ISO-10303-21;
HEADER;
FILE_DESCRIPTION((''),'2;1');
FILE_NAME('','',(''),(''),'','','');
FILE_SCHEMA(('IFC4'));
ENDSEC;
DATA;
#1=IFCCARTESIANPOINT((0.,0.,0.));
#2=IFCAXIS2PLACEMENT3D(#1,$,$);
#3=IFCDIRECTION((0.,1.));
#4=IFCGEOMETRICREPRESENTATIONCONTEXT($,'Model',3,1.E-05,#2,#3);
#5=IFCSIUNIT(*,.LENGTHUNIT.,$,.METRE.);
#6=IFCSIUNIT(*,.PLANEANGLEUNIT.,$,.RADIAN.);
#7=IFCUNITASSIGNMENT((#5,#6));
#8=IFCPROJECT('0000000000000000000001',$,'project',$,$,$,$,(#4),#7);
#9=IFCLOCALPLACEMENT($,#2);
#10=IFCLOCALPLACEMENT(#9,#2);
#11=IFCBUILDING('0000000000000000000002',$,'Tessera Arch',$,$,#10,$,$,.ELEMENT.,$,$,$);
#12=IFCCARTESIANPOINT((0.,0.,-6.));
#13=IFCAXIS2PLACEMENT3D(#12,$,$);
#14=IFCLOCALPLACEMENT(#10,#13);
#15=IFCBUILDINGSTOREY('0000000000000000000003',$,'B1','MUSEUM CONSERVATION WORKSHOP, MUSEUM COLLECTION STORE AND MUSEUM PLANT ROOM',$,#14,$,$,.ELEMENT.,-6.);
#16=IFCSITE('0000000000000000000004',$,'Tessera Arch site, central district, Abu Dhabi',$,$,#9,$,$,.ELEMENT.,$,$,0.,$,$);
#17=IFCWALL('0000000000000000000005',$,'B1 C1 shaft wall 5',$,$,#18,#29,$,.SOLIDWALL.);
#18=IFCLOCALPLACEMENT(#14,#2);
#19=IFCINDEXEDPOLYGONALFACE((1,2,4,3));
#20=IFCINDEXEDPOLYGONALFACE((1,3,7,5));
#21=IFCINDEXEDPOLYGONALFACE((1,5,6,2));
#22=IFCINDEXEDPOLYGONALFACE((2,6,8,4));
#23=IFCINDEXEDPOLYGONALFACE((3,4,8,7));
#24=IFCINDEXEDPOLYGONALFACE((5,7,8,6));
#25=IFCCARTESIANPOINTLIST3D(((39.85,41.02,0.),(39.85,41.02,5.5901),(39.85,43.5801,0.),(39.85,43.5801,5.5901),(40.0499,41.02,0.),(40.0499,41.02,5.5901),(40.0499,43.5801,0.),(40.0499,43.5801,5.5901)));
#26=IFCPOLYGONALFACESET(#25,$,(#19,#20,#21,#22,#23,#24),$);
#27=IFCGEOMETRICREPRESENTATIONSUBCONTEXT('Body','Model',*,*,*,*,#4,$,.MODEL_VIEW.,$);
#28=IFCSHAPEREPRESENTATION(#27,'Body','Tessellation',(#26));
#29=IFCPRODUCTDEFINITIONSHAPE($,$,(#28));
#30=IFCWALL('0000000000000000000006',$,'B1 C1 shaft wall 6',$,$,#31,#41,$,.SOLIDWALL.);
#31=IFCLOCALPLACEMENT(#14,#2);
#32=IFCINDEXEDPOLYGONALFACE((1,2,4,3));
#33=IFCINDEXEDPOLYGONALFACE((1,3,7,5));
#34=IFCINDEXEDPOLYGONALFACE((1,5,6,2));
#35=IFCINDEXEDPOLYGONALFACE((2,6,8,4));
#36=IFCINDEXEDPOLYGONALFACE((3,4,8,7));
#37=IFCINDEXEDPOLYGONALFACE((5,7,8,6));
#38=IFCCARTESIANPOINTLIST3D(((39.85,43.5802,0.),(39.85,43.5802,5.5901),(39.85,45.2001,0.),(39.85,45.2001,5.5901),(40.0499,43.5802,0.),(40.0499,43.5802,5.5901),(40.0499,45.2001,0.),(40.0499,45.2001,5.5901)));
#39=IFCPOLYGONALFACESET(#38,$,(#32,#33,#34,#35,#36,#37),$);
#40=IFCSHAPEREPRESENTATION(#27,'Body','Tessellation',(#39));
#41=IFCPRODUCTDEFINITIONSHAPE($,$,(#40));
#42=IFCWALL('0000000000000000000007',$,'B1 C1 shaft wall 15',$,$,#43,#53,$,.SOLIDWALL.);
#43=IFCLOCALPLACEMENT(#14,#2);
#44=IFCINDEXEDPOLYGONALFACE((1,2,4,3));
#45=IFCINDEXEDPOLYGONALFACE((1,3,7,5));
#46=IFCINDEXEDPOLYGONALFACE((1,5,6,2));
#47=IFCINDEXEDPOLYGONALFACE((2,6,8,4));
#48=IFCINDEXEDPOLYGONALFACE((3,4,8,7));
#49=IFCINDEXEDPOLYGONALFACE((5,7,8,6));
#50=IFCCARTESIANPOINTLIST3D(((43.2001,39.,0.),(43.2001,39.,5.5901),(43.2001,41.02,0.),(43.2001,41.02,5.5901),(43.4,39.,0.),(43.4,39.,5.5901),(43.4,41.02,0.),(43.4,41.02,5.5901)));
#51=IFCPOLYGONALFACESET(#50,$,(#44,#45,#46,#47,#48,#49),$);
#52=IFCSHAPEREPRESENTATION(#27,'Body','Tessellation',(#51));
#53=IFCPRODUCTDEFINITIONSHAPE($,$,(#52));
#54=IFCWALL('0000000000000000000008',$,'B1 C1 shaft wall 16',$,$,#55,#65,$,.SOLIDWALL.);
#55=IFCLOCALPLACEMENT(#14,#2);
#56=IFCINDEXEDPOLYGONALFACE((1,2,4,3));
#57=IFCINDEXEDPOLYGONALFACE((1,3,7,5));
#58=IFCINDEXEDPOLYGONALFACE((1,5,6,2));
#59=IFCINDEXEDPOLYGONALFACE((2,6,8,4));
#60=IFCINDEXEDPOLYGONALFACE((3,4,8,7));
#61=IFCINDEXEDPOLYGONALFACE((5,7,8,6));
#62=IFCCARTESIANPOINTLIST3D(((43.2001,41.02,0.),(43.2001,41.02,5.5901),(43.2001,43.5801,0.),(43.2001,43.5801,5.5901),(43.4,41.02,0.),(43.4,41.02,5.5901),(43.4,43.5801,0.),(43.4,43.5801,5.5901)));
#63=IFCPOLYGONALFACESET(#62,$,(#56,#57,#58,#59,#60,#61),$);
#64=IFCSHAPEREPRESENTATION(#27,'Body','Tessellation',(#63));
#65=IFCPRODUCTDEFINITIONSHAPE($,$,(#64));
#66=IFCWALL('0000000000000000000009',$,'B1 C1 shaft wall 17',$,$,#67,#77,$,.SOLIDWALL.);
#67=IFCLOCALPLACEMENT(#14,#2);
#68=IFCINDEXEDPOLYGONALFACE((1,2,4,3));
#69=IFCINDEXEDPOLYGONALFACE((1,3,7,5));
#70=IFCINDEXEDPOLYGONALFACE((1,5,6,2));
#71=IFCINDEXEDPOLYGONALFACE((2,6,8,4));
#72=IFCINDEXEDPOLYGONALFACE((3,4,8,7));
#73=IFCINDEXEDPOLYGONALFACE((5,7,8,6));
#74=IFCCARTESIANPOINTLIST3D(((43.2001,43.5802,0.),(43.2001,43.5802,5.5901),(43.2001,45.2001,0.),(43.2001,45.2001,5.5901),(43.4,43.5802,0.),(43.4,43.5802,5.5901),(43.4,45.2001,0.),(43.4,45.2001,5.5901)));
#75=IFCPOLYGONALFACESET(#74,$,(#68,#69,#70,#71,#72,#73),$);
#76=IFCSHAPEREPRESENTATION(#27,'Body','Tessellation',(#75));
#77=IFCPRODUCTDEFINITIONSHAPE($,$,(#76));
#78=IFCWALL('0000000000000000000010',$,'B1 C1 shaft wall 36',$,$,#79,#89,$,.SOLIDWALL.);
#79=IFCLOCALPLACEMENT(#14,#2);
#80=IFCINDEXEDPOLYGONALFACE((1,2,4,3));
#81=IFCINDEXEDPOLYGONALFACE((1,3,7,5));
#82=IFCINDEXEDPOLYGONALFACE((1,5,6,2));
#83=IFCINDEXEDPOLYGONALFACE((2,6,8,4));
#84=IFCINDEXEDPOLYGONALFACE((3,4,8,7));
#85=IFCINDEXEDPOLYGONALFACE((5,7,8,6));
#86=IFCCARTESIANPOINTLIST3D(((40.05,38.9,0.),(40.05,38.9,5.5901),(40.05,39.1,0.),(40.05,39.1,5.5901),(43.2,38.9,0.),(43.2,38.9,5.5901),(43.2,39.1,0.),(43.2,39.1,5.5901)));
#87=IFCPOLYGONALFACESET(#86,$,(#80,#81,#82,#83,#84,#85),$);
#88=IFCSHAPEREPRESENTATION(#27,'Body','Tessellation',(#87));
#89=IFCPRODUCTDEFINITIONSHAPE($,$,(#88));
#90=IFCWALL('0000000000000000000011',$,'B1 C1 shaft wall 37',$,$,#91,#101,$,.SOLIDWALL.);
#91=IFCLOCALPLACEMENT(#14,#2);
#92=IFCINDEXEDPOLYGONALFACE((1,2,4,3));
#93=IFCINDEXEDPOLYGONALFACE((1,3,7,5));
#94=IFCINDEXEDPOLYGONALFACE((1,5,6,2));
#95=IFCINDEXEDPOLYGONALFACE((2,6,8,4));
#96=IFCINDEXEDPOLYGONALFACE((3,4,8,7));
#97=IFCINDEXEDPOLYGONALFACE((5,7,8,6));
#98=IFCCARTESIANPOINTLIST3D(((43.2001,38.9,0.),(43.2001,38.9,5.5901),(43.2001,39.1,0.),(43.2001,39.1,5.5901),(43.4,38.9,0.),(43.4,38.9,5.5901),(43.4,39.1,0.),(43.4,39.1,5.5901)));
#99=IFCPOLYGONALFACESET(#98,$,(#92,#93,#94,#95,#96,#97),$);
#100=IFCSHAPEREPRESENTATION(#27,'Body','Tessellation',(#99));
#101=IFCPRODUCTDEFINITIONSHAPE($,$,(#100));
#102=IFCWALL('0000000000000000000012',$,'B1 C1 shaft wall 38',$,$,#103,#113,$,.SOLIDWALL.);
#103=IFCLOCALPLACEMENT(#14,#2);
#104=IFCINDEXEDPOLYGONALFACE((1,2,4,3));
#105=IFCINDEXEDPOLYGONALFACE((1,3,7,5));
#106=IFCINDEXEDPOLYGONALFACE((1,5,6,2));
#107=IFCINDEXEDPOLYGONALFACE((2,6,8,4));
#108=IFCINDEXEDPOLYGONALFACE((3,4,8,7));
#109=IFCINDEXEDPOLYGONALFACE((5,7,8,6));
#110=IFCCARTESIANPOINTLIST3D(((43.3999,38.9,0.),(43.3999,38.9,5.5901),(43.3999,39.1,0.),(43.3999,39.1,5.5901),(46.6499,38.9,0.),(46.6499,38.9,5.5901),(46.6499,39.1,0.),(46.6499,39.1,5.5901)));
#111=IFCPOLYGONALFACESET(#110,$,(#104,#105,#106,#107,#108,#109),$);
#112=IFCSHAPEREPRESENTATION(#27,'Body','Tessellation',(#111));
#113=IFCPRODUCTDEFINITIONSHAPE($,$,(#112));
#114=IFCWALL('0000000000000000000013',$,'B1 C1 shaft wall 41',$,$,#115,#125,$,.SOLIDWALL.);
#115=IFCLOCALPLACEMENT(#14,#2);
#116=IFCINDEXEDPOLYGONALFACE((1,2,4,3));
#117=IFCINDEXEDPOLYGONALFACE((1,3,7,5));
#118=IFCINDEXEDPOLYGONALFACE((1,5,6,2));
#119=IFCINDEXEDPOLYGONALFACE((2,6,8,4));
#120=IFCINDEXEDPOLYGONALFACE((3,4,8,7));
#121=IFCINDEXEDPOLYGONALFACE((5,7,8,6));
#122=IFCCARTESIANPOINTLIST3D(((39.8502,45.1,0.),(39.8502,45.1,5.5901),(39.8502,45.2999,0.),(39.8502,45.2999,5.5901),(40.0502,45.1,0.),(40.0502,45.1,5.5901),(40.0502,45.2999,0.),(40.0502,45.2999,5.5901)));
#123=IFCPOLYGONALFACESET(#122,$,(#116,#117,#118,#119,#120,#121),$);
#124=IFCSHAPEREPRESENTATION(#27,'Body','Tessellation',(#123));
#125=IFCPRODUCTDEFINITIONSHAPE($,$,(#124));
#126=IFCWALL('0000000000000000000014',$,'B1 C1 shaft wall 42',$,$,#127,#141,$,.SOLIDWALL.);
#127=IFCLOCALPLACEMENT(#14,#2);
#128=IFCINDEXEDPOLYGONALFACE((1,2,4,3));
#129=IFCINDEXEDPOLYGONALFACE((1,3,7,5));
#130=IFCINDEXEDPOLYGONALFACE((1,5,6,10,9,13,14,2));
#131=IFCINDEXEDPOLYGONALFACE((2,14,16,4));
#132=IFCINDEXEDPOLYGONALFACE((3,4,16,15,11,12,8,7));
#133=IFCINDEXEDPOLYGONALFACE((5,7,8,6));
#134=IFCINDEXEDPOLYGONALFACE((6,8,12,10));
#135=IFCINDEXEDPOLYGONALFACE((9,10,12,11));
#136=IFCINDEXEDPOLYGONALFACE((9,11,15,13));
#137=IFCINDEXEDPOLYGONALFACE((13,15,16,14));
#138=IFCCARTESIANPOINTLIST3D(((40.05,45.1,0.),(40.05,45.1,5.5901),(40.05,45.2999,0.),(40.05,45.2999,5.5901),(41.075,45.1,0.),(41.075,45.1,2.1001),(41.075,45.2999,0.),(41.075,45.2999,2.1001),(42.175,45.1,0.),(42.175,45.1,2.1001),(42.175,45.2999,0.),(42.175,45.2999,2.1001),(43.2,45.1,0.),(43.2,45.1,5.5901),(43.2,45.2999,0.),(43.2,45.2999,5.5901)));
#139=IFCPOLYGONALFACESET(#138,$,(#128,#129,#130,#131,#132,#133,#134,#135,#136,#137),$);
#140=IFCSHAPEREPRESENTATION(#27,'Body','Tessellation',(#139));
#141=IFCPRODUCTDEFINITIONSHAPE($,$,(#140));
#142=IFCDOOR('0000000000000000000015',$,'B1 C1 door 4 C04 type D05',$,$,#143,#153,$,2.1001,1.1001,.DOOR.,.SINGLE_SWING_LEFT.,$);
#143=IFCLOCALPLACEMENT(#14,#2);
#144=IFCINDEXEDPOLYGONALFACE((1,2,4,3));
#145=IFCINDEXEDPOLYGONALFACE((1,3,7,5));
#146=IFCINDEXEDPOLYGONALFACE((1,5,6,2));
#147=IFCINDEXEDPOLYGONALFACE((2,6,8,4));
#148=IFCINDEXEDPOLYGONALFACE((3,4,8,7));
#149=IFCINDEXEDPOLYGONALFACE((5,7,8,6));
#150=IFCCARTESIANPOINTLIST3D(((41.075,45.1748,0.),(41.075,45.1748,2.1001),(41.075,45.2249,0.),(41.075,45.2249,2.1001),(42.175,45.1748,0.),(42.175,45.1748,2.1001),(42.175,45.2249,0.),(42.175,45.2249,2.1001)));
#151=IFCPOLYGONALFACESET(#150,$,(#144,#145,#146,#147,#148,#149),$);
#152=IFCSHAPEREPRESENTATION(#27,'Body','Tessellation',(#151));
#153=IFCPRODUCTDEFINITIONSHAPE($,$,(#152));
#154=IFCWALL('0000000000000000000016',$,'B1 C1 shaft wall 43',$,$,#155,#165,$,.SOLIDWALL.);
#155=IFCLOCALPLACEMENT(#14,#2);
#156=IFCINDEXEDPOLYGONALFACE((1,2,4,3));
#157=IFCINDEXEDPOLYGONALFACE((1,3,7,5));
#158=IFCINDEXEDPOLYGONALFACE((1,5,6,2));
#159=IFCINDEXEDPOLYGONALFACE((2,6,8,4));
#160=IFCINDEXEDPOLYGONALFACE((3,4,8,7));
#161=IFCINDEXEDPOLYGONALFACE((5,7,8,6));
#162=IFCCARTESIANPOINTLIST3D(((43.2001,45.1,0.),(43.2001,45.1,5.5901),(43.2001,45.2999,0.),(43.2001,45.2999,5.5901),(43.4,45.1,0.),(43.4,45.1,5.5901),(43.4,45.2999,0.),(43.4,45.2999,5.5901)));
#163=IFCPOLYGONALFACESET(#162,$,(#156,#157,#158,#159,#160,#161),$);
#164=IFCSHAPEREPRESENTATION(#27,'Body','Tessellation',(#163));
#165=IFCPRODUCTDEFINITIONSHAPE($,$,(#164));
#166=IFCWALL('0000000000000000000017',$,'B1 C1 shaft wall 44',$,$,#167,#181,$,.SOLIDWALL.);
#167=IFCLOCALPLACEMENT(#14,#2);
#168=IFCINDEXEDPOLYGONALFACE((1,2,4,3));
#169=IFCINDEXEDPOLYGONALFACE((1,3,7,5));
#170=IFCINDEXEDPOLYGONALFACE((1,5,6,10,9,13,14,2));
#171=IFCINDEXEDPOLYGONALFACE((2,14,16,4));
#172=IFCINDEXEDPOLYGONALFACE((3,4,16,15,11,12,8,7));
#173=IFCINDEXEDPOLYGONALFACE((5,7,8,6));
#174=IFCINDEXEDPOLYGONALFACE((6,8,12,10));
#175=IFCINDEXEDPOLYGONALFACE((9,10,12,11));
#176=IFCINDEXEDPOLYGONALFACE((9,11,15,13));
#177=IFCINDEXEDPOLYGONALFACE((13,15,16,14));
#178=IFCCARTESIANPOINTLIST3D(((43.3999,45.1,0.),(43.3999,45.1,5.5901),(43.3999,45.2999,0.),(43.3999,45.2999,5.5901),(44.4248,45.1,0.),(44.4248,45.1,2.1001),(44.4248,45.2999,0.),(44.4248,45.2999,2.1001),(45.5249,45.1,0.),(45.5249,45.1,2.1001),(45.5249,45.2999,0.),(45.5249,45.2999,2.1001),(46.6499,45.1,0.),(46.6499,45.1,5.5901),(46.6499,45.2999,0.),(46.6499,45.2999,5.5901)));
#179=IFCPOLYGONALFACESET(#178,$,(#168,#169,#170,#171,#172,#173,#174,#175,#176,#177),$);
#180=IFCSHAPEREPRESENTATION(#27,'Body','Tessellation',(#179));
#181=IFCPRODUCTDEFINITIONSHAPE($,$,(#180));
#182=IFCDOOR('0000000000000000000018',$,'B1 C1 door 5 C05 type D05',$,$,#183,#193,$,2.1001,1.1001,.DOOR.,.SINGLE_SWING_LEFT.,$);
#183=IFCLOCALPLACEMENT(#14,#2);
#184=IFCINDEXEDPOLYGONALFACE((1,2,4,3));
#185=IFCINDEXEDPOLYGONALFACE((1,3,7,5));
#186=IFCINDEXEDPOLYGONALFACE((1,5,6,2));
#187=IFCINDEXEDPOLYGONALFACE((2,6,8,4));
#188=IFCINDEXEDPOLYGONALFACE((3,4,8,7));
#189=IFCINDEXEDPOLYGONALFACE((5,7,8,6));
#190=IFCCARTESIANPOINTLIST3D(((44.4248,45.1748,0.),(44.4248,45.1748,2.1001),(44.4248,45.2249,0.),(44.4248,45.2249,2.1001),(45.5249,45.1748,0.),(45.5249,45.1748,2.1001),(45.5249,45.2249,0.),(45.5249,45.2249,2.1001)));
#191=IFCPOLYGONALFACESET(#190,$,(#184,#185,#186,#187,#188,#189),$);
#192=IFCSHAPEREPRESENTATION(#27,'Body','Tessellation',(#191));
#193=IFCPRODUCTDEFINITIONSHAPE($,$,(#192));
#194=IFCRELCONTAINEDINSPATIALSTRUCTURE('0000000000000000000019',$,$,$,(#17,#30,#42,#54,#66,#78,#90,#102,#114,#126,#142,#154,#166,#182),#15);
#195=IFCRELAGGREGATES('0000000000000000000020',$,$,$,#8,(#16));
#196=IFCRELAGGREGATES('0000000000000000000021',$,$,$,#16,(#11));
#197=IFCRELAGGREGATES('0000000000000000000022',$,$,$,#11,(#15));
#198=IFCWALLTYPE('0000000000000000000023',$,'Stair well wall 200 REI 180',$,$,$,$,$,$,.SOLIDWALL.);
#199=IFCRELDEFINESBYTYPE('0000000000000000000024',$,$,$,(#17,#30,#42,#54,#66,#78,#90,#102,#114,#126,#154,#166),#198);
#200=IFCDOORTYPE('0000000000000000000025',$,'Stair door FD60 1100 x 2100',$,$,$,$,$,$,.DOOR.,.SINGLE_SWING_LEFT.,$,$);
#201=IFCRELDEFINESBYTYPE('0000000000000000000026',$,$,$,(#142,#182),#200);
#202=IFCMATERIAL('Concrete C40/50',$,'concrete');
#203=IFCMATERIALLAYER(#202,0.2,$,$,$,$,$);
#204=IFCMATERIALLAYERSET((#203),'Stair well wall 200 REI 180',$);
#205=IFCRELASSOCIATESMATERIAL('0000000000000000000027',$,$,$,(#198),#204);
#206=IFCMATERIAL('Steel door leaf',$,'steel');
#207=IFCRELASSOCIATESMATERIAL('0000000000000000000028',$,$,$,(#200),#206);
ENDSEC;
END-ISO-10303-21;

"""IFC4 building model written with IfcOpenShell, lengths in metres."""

from ifc_helpers import new_model, si_unit, direction, frame, frame_2d, origin, place, context, subcontext, project, spatial, rectangle, extrude, material, layer, layer_set, type_object, element, fill, save


model = new_model("IFC4")

# Units and contexts
model_context = context("Model", 3, precision=1e-05, world=origin(), true_north=direction((0.0, 1.0)))
body_context = subcontext(model_context, "Body", "Model", "MODEL_VIEW")
ifc_project = project(units=[si_unit("LENGTHUNIT", "METRE"), si_unit("PLANEANGLEUNIT", "RADIAN")], contexts=[model_context])

# Site, building, storey
site_placement = place(None, origin())
site = spatial("IfcSite", under=ifc_project, at=site_placement, Name="Tessera Arch site, central district, Abu Dhabi", CompositionType="ELEMENT", RefElevation=0.0)
building_placement = place(site_placement, origin())
building = spatial("IfcBuilding", under=site, at=building_placement, Name="Tessera Arch", CompositionType="ELEMENT")
storey_placement = place(building_placement, frame((0.0, 0.0, -6.0)))
storey = spatial("IfcBuildingStorey", under=building, at=storey_placement, Name="B1", Description="MUSEUM CONSERVATION WORKSHOP, MUSEUM COLLECTION STORE AND MUSEUM PLANT ROOM", CompositionType="ELEMENT", Elevation=-6.0)

# Walls
ifc_material_1 = material(Name="Concrete C40/50", Category="concrete")
ifc_layer_1 = layer(ifc_material_1, 0.2)
ifc_layer_set_1 = layer_set([ifc_layer_1], Name="Stair well wall 200 REI 180")
wall_type_1 = type_object("IfcWallType", Name="Stair well wall 200 REI 180", PredefinedType="SOLIDWALL", material=ifc_layer_set_1)
wall_1_placement = place(storey_placement, frame((39.95, 41.02, 0.0), z_axis=(0.0, 0.0, 1.0), x_axis=(0.0, 1.0, 0.0)))
element("IfcWall", 1, at=wall_1_placement, inside=storey, type_object=wall_type_1, Name="B1 C1 shaft wall 5", PredefinedType="SOLIDWALL", context=body_context, shape_type="SweptSolid", body=[
    extrude(rectangle(XDim=2.5601, YDim=0.2, at=frame_2d((1.28, 0.0))), origin(), (0.0, 0.0, 1.0), 5.5901),
])
wall_2_placement = place(storey_placement, frame((39.95, 43.5801, 0.0), z_axis=(0.0, 0.0, 1.0), x_axis=(0.0, 1.0, 0.0)))
element("IfcWall", 2, at=wall_2_placement, inside=storey, type_object=wall_type_1, Name="B1 C1 shaft wall 6", PredefinedType="SOLIDWALL", context=body_context, shape_type="SweptSolid", body=[
    extrude(rectangle(XDim=1.6199, YDim=0.2, at=frame_2d((0.8101, 0.0))), origin(), (0.0, 0.0, 1.0), 5.5901),
])
wall_3_placement = place(storey_placement, frame((43.3, 39.0, 0.0), z_axis=(0.0, 0.0, 1.0), x_axis=(0.0, 1.0, 0.0)))
element("IfcWall", 3, at=wall_3_placement, inside=storey, type_object=wall_type_1, Name="B1 C1 shaft wall 15", PredefinedType="SOLIDWALL", context=body_context, shape_type="SweptSolid", body=[
    extrude(rectangle(XDim=2.02, YDim=0.2, at=frame_2d((1.01, 0.0))), origin(), (0.0, 0.0, 1.0), 5.5901),
])
wall_4_placement = place(storey_placement, frame((43.3, 41.02, 0.0), z_axis=(0.0, 0.0, 1.0), x_axis=(0.0, 1.0, 0.0)))
element("IfcWall", 4, at=wall_4_placement, inside=storey, type_object=wall_type_1, Name="B1 C1 shaft wall 16", PredefinedType="SOLIDWALL", context=body_context, shape_type="SweptSolid", body=[
    extrude(rectangle(XDim=2.5601, YDim=0.2, at=frame_2d((1.28, 0.0))), origin(), (0.0, 0.0, 1.0), 5.5901),
])
wall_5_placement = place(storey_placement, frame((43.3, 43.5801, 0.0), z_axis=(0.0, 0.0, 1.0), x_axis=(0.0, 1.0, 0.0)))
element("IfcWall", 5, at=wall_5_placement, inside=storey, type_object=wall_type_1, Name="B1 C1 shaft wall 17", PredefinedType="SOLIDWALL", context=body_context, shape_type="SweptSolid", body=[
    extrude(rectangle(XDim=1.6199, YDim=0.2, at=frame_2d((0.8101, 0.0))), origin(), (0.0, 0.0, 1.0), 5.5901),
])
wall_6_placement = place(storey_placement, frame((40.05, 39.0, 0.0), z_axis=(0.0, 0.0, 1.0), x_axis=(1.0, 0.0, 0.0)))
element("IfcWall", 6, at=wall_6_placement, inside=storey, type_object=wall_type_1, Name="B1 C1 shaft wall 36", PredefinedType="SOLIDWALL", context=body_context, shape_type="SweptSolid", body=[
    extrude(rectangle(XDim=3.1499, YDim=0.2, at=frame_2d((1.575, 0.0))), origin(), (0.0, 0.0, 1.0), 5.5901),
])
wall_7_placement = place(storey_placement, frame((43.2, 39.0, 0.0), z_axis=(0.0, 0.0, 1.0), x_axis=(1.0, 0.0, 0.0)))
element("IfcWall", 7, at=wall_7_placement, inside=storey, type_object=wall_type_1, Name="B1 C1 shaft wall 37", PredefinedType="SOLIDWALL", context=body_context, shape_type="SweptSolid", body=[
    extrude(rectangle(XDim=0.2, YDim=0.2, at=frame_2d((0.1001, 0.0))), origin(), (0.0, 0.0, 1.0), 5.5901),
])
wall_8_placement = place(storey_placement, frame((43.3999, 39.0, 0.0), z_axis=(0.0, 0.0, 1.0), x_axis=(1.0, 0.0, 0.0)))
element("IfcWall", 8, at=wall_8_placement, inside=storey, type_object=wall_type_1, Name="B1 C1 shaft wall 38", PredefinedType="SOLIDWALL", context=body_context, shape_type="SweptSolid", body=[
    extrude(rectangle(XDim=3.25, YDim=0.2, at=frame_2d((1.625, 0.0))), origin(), (0.0, 0.0, 1.0), 5.5901),
])
wall_9_placement = place(storey_placement, frame((39.8501, 45.2, 0.0), z_axis=(0.0, 0.0, 1.0), x_axis=(1.0, 0.0, 0.0)))
element("IfcWall", 9, at=wall_9_placement, inside=storey, type_object=wall_type_1, Name="B1 C1 shaft wall 41", PredefinedType="SOLIDWALL", context=body_context, shape_type="SweptSolid", body=[
    extrude(rectangle(XDim=0.2, YDim=0.2, at=frame_2d((0.1001, 0.0))), origin(), (0.0, 0.0, 1.0), 5.5901),
])

# Wall, opening, door
wall_10_placement = place(storey_placement, frame((40.05, 45.2, 0.0), z_axis=(0.0, 0.0, 1.0), x_axis=(1.0, 0.0, 0.0)))
wall_10 = element("IfcWall", 10, at=wall_10_placement, inside=storey, type_object=wall_type_1, Name="B1 C1 shaft wall 42", PredefinedType="SOLIDWALL", context=body_context, shape_type="SweptSolid", body=[
    extrude(rectangle(XDim=3.1499, YDim=0.2, at=frame_2d((1.575, 0.0))), origin(), (0.0, 0.0, 1.0), 5.5901),
])
opening_1_placement = place(wall_10_placement, frame((1.0249, 0.0, 0.0)))
opening_1 = element("IfcOpeningElement", 11, at=opening_1_placement, cuts=wall_10, PredefinedType="OPENING", context=body_context, shape_type="SweptSolid", body=[
    extrude(rectangle(XDim=1.1001, YDim=2.1001, at=frame_2d((0.55, 1.05))), frame((0.0, 0.1099, 0.0), z_axis=(0.0, -1.0, 0.0), x_axis=(1.0, 0.0, 0.0)), (0.0, 0.0, 1.0), 0.22),
])
ifc_material_2 = material(Name="Steel door leaf", Category="steel")
door_type = type_object("IfcDoorType", Name="Stair door FD60 1100 x 2100", OperationType="SINGLE_SWING_LEFT", PredefinedType="DOOR", material=ifc_material_2)
door_1_placement = place(opening_1_placement, origin())
door_1 = element("IfcDoor", 12, at=door_1_placement, inside=storey, type_object=door_type, Name="B1 C1 door 4 C04 type D05", OperationType="SINGLE_SWING_LEFT", OverallHeight=2.1001, OverallWidth=1.1001, PredefinedType="DOOR", context=body_context, shape_type="SweptSolid", body=[
    extrude(rectangle(XDim=1.1001, YDim=2.1001, at=frame_2d((0.55, 1.05))), frame((0.0, 0.0249, 0.0), z_axis=(0.0, -1.0, 0.0), x_axis=(1.0, 0.0, 0.0)), (0.0, 0.0, 1.0), 0.05),
])
fill(opening_1, door_1)

# Wall
wall_11_placement = place(storey_placement, frame((43.2, 45.2, 0.0), z_axis=(0.0, 0.0, 1.0), x_axis=(1.0, 0.0, 0.0)))
element("IfcWall", 13, at=wall_11_placement, inside=storey, type_object=wall_type_1, Name="B1 C1 shaft wall 43", PredefinedType="SOLIDWALL", context=body_context, shape_type="SweptSolid", body=[
    extrude(rectangle(XDim=0.2, YDim=0.2, at=frame_2d((0.1001, 0.0))), origin(), (0.0, 0.0, 1.0), 5.5901),
])

# Wall, opening, door
wall_12_placement = place(storey_placement, frame((43.3999, 45.2, 0.0), z_axis=(0.0, 0.0, 1.0), x_axis=(1.0, 0.0, 0.0)))
wall_12 = element("IfcWall", 14, at=wall_12_placement, inside=storey, type_object=wall_type_1, Name="B1 C1 shaft wall 44", PredefinedType="SOLIDWALL", context=body_context, shape_type="SweptSolid", body=[
    extrude(rectangle(XDim=3.25, YDim=0.2, at=frame_2d((1.625, 0.0))), origin(), (0.0, 0.0, 1.0), 5.5901),
])
opening_2_placement = place(wall_12_placement, frame((1.0249, 0.0, 0.0)))
opening_2 = element("IfcOpeningElement", 15, at=opening_2_placement, cuts=wall_12, PredefinedType="OPENING", context=body_context, shape_type="SweptSolid", body=[
    extrude(rectangle(XDim=1.1001, YDim=2.1001, at=frame_2d((0.55, 1.05))), frame((0.0, 0.1099, 0.0), z_axis=(0.0, -1.0, 0.0), x_axis=(1.0, 0.0, 0.0)), (0.0, 0.0, 1.0), 0.22),
])
door_2_placement = place(opening_2_placement, origin())
door_2 = element("IfcDoor", 16, at=door_2_placement, inside=storey, type_object=door_type, Name="B1 C1 door 5 C05 type D05", OperationType="SINGLE_SWING_LEFT", OverallHeight=2.1001, OverallWidth=1.1001, PredefinedType="DOOR", context=body_context, shape_type="SweptSolid", body=[
    extrude(rectangle(XDim=1.1001, YDim=2.1001, at=frame_2d((0.55, 1.05))), frame((0.0, 0.0249, 0.0), z_axis=(0.0, -1.0, 0.0), x_axis=(1.0, 0.0, 0.0)), (0.0, 0.0, 1.0), 0.05),
])
fill(opening_2, door_2)

save(model, "model.ifc")
